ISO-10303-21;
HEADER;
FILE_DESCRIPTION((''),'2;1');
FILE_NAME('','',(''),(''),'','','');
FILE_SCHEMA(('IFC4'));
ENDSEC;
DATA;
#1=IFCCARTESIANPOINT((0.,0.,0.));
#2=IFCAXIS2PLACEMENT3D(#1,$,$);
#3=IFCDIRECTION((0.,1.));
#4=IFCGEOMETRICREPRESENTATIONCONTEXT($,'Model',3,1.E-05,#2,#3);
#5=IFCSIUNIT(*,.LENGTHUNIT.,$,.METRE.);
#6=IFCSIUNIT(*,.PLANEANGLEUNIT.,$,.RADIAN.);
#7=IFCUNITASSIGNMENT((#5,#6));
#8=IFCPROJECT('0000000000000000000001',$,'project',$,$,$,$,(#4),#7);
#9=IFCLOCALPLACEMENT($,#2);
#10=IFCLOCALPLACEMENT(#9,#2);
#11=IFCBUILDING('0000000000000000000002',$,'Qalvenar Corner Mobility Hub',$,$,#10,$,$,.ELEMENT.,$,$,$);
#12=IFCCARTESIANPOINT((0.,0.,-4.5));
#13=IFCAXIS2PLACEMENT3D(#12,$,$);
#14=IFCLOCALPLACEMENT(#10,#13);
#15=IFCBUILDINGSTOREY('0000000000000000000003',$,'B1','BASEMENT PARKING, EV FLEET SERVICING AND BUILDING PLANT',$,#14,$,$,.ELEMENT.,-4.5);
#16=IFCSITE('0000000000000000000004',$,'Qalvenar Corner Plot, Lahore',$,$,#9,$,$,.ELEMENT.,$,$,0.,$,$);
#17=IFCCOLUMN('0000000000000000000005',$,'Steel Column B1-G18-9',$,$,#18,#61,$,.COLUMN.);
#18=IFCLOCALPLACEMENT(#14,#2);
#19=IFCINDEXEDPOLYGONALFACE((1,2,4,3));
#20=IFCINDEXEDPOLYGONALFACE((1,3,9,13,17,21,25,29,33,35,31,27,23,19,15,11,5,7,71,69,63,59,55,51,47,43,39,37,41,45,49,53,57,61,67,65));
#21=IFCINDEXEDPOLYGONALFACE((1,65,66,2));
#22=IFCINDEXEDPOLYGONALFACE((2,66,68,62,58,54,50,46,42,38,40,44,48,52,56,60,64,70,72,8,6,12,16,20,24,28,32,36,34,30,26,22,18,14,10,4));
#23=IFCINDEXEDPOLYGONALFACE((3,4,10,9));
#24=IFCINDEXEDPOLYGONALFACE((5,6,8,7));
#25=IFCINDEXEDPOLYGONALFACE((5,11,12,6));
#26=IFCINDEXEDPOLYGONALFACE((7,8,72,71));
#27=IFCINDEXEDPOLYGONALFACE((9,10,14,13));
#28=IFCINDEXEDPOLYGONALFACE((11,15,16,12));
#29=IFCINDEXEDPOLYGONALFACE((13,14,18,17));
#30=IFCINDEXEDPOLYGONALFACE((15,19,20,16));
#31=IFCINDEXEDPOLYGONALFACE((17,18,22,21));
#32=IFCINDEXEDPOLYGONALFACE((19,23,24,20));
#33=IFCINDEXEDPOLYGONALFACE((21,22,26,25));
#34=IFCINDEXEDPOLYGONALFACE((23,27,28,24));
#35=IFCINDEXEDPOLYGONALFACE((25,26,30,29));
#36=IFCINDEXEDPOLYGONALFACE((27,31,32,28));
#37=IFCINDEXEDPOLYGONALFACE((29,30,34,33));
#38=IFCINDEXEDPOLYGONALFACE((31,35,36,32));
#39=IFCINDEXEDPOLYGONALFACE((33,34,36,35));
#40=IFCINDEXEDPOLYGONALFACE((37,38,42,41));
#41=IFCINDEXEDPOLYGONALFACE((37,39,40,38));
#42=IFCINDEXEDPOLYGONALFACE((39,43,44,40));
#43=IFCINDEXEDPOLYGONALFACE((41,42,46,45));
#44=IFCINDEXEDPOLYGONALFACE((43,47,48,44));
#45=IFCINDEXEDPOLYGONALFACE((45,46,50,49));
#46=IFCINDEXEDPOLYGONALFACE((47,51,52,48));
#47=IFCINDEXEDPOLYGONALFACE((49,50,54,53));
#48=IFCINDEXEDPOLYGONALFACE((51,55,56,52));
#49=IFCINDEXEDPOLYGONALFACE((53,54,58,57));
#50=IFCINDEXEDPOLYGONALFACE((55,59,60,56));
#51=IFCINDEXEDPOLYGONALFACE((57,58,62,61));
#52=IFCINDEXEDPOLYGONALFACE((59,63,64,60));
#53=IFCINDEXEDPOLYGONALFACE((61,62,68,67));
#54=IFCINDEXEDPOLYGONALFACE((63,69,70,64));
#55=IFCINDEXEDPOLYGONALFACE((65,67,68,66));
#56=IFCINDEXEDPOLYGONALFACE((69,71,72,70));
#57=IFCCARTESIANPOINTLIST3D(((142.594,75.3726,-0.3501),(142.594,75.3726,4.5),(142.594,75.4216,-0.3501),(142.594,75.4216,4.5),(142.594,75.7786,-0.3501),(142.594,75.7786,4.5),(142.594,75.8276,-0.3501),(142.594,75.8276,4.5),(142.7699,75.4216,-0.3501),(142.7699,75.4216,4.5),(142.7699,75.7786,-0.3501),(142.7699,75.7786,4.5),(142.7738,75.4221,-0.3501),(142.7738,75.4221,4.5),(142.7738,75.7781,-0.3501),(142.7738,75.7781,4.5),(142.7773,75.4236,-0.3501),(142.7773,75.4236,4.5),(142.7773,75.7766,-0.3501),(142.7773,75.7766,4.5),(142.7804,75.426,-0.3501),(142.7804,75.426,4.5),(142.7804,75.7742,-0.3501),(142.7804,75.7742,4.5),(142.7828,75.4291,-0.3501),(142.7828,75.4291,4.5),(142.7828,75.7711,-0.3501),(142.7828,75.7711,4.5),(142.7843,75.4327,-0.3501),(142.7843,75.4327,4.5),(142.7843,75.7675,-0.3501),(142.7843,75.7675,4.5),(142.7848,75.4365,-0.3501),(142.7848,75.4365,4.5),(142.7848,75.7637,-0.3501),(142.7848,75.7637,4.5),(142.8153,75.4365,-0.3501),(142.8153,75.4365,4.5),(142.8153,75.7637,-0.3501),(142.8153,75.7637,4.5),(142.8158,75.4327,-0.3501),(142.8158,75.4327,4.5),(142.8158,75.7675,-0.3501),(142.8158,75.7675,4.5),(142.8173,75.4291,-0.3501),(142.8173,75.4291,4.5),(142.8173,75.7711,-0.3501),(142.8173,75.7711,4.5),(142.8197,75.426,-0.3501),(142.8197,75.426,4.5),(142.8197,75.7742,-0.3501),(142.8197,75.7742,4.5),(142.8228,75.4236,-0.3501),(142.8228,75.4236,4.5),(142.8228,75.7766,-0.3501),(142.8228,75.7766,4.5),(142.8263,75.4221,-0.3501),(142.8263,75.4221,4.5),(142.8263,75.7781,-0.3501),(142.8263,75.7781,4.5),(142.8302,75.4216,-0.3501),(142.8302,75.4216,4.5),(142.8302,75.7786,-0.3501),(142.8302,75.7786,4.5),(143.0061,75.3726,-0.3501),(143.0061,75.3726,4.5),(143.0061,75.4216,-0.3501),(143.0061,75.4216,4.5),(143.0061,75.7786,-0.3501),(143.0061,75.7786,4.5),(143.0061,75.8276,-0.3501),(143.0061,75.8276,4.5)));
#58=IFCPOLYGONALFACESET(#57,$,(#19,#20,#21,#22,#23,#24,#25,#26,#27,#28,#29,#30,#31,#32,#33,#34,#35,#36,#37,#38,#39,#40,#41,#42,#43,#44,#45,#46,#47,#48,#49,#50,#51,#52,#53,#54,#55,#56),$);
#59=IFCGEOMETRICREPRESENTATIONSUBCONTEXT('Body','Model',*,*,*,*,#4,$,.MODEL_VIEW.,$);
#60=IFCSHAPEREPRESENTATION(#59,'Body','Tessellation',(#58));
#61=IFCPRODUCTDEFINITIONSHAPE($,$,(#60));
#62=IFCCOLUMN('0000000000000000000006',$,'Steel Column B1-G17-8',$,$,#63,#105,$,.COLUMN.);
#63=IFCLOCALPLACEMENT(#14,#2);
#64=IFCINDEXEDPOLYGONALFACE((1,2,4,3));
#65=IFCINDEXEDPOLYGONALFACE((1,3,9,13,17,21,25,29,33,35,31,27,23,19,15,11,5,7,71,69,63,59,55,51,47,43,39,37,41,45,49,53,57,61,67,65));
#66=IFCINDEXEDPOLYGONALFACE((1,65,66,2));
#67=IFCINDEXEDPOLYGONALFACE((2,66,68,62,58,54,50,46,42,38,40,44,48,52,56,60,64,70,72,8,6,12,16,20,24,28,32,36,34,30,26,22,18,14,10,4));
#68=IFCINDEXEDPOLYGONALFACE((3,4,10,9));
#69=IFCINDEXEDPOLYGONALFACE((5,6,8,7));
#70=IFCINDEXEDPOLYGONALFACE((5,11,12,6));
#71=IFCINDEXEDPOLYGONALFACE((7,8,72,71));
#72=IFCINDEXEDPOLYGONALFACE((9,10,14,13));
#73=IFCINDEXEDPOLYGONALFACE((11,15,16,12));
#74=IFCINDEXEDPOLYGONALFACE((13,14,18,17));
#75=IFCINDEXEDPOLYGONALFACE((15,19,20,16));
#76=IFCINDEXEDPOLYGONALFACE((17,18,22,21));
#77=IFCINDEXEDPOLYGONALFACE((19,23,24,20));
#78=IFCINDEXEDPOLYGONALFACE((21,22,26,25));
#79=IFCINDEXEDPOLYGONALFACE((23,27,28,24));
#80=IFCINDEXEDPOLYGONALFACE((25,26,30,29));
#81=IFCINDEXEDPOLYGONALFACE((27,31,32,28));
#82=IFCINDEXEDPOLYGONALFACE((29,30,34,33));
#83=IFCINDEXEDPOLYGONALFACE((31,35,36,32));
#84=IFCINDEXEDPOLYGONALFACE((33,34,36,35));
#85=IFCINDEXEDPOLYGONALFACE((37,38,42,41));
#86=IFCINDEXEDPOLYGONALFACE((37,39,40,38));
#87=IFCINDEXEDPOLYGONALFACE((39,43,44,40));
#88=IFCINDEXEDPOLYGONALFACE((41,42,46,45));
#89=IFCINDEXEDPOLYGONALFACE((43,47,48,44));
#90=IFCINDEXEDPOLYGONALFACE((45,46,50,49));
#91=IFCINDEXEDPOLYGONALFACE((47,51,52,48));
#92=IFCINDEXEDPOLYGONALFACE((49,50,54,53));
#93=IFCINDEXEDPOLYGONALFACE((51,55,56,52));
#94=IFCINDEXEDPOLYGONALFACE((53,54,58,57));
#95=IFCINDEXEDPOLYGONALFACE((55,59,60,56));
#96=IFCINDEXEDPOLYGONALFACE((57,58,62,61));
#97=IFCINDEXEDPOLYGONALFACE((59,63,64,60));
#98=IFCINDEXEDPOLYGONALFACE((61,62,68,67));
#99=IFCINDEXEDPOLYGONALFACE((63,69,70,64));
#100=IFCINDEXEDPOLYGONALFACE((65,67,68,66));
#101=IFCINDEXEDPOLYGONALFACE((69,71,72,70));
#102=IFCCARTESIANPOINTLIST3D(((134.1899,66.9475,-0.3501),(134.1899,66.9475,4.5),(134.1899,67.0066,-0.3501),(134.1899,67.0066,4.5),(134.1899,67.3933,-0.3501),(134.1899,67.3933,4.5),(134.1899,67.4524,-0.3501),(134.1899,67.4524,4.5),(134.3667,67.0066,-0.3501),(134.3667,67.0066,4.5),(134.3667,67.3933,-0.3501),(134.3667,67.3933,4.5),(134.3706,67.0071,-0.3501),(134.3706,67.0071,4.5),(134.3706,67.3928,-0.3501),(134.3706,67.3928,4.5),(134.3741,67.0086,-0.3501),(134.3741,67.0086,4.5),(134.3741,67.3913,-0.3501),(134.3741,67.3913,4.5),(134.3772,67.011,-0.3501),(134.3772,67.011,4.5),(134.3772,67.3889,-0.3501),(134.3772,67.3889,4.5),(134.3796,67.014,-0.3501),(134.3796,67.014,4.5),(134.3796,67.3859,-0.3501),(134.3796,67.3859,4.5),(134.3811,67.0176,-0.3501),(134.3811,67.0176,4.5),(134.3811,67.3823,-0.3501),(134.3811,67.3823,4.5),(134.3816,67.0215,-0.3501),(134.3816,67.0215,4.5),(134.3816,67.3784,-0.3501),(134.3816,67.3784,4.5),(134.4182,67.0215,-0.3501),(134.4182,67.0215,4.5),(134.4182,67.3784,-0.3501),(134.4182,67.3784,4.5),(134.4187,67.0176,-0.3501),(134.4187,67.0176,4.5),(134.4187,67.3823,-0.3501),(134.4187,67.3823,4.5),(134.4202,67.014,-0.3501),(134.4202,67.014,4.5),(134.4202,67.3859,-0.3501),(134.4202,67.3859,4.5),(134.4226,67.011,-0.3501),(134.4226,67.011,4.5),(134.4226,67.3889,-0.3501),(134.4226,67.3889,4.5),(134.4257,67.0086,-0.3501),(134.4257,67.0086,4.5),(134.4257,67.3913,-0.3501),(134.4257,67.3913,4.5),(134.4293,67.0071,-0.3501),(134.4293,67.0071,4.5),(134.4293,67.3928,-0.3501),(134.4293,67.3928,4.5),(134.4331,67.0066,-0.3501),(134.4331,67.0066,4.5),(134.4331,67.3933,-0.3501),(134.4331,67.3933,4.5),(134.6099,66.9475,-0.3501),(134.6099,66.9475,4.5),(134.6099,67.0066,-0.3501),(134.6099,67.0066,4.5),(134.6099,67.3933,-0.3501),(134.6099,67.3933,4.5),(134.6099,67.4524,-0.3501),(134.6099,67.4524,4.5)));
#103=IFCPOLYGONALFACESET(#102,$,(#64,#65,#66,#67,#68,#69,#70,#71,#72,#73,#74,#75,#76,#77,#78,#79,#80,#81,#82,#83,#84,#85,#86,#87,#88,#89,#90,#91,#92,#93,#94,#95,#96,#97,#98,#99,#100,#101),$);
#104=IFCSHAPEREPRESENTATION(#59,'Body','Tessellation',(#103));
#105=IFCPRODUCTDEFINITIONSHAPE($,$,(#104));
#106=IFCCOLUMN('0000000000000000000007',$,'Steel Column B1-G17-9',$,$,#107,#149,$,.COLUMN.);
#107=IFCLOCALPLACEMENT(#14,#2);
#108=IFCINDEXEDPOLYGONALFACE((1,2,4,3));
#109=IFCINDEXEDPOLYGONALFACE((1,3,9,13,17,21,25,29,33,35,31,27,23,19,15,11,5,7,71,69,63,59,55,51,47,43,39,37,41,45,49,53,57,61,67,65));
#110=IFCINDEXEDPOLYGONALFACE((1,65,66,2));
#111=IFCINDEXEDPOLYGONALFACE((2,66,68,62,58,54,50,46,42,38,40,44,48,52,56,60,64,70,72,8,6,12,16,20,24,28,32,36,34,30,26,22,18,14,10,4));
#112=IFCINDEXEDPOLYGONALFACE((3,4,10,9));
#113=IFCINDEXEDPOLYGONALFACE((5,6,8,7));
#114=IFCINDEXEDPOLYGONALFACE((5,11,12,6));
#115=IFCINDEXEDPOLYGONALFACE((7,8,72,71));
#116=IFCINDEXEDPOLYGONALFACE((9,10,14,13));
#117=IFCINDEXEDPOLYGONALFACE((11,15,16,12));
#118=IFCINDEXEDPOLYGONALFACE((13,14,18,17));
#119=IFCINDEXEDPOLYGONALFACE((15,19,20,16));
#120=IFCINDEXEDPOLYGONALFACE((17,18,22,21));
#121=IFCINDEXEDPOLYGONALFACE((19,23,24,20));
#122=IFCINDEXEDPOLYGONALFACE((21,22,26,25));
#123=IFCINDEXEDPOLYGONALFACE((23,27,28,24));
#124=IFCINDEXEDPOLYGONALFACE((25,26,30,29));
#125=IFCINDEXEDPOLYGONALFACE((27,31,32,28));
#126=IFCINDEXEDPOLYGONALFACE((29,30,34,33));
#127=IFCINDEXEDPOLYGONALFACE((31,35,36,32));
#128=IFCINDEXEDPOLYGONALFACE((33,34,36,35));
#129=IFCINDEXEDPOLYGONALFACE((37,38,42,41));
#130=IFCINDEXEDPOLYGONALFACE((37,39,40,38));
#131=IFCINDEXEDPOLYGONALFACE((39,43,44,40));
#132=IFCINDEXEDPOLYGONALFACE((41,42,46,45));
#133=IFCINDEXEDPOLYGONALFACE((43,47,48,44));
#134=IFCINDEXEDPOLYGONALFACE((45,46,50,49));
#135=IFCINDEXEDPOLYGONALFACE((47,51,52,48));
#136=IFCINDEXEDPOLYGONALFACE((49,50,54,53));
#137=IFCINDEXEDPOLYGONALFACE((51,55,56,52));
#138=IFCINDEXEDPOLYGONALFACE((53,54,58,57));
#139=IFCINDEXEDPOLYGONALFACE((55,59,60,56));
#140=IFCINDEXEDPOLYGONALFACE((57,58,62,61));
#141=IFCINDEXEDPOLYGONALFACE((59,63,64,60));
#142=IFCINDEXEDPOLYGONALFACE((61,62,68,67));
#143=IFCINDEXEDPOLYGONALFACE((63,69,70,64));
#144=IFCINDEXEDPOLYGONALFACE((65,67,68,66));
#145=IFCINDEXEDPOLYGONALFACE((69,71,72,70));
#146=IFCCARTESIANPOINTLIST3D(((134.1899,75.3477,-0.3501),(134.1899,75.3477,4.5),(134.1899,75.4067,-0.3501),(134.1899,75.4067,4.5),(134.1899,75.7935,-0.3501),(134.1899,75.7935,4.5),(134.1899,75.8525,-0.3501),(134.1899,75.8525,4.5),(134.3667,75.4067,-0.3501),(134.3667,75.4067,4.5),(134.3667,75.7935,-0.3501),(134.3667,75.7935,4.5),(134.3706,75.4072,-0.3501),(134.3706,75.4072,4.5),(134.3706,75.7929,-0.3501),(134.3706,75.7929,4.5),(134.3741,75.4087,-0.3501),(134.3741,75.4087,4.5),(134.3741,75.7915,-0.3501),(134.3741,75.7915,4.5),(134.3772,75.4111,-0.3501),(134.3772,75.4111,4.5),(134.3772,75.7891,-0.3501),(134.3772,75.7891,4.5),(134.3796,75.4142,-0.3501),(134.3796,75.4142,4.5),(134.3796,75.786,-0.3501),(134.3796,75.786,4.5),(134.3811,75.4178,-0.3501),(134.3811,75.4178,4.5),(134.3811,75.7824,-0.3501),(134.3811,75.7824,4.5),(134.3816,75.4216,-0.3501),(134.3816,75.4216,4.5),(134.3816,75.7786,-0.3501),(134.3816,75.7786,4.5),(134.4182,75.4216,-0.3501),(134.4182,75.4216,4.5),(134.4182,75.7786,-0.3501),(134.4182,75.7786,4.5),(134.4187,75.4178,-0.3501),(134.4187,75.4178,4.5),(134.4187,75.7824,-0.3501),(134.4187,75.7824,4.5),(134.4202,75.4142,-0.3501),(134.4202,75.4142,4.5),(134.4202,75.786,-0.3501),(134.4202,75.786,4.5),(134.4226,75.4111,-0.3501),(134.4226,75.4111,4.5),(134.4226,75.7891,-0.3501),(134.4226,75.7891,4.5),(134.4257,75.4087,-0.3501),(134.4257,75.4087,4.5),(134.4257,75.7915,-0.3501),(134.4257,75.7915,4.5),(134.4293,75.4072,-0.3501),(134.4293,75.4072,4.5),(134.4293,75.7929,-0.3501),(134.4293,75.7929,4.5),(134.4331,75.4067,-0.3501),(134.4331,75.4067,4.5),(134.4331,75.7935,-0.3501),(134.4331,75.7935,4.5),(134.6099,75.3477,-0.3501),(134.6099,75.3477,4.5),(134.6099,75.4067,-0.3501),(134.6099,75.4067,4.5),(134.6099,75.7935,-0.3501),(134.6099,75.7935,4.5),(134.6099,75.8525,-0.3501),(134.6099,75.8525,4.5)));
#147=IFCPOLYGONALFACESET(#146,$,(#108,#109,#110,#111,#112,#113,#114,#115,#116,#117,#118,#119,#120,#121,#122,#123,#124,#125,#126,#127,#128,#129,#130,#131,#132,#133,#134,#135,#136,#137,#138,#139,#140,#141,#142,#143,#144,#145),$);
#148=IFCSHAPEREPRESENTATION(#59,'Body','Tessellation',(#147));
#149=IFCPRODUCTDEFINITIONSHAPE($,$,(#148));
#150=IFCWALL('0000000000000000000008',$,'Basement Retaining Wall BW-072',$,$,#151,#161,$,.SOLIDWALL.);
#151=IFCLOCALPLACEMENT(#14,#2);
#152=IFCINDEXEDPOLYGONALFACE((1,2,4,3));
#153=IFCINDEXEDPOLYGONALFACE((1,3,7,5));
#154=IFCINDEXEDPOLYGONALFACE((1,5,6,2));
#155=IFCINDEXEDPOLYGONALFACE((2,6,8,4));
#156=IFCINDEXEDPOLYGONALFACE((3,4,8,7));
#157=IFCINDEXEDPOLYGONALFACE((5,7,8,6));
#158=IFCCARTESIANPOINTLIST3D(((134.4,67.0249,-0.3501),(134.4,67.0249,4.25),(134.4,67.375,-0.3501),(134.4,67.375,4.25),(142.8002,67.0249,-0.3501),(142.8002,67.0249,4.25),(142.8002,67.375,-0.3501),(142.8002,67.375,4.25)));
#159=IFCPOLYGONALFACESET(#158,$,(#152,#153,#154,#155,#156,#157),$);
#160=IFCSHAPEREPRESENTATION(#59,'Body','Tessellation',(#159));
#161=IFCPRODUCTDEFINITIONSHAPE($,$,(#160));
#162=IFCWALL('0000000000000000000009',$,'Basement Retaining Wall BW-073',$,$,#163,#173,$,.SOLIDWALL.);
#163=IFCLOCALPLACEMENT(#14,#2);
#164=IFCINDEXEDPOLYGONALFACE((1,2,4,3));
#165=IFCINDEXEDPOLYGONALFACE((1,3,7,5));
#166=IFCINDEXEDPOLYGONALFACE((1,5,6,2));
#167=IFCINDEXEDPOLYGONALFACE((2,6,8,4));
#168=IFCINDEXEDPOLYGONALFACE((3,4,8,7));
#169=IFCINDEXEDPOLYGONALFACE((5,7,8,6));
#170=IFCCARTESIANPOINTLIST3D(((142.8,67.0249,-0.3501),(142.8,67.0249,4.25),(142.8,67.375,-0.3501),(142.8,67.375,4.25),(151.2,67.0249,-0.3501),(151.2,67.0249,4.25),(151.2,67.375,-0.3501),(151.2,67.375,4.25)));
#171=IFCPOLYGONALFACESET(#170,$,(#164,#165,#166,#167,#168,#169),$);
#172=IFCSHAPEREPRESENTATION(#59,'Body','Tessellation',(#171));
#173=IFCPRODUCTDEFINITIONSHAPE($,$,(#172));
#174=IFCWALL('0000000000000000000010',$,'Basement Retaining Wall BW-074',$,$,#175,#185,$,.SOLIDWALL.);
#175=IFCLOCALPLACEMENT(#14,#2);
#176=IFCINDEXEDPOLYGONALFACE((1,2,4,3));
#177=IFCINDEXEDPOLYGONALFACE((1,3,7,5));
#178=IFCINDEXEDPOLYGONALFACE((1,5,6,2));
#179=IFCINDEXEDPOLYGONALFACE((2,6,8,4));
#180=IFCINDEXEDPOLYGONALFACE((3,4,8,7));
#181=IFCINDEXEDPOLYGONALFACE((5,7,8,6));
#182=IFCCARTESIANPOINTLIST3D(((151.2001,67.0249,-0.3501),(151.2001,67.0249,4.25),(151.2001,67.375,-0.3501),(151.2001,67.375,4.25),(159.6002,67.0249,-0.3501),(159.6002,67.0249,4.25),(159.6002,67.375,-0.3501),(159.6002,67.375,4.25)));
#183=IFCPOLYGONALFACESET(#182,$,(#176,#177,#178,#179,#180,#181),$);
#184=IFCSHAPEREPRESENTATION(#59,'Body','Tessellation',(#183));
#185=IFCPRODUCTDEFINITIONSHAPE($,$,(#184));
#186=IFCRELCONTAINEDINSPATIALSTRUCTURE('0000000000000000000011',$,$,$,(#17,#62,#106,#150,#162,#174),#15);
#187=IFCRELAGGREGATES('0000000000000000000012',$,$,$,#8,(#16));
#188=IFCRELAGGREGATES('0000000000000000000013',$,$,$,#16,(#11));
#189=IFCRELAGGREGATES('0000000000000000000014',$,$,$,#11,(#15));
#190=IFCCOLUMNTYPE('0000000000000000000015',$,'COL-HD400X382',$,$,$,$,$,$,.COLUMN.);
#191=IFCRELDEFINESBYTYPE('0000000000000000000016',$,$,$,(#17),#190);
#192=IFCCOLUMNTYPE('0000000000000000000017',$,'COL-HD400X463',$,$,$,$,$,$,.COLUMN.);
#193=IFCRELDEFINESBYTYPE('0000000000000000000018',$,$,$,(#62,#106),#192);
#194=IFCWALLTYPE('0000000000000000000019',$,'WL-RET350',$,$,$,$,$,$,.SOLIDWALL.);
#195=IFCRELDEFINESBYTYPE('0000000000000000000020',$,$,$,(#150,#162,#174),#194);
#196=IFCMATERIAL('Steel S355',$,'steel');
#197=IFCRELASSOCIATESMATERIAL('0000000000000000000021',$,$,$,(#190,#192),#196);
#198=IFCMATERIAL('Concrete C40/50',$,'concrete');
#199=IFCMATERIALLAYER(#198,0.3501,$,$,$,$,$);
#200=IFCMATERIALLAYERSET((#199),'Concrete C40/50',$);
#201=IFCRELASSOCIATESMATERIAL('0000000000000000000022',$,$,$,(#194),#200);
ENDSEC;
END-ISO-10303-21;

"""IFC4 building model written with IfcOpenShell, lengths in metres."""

from ifc_helpers import new_model, si_unit, direction, frame, frame_2d, origin, origin_2d, place, context, subcontext, project, spatial, rectangle, i_section, extrude, material, layer, layer_set, material_profile, profile_set, type_object, element, save


model = new_model("IFC4")

# Units and contexts
model_context = context("Model", 3, precision=1e-05, world=origin(), true_north=direction((0.0, 1.0)))
body_context = subcontext(model_context, "Body", "Model", "MODEL_VIEW")
ifc_project = project(units=[si_unit("LENGTHUNIT", "METRE"), si_unit("PLANEANGLEUNIT", "RADIAN")], contexts=[model_context])

# Site, building, storey
site_placement = place(None, origin())
site = spatial("IfcSite", under=ifc_project, at=site_placement, Name="Qalvenar Corner Plot, Lahore", CompositionType="ELEMENT", RefElevation=0.0)
building_placement = place(site_placement, origin())
building = spatial("IfcBuilding", under=site, at=building_placement, Name="Qalvenar Corner Mobility Hub", CompositionType="ELEMENT")
storey_placement = place(building_placement, frame((0.0, 0.0, -4.5)))
storey = spatial("IfcBuildingStorey", under=building, at=storey_placement, Name="B1", Description="BASEMENT PARKING, EV FLEET SERVICING AND BUILDING PLANT", CompositionType="ELEMENT", Elevation=-4.5)

# Shared definitions
ifc_material_1 = material(Name="Concrete C40/50", Category="concrete")

# Columns
ifc_material_2 = material(Name="Steel S355", Category="steel")
ifc_material_profile_1 = material_profile(ifc_material_2, i_section(OverallWidth=0.4121, OverallDepth=0.4551, WebThickness=0.0305, FlangeThickness=0.0491, FilletRadius=0.0149, at=origin_2d()), Name="HD400x421")
ifc_profile_set_1 = profile_set([ifc_material_profile_1], Name="Steel S355")
column_type_1 = type_object("IfcColumnType", Name="COL-HD400X382", PredefinedType="COLUMN", material=ifc_profile_set_1)
column_placement = place(storey_placement, frame((142.8, 75.6001, -0.3501), z_axis=(0.0, 0.0, 1.0), x_axis=(1.0, 0.0, 0.0)))
element("IfcColumn", 1, at=column_placement, inside=storey, type_object=column_type_1, Name="Steel Column B1-G18-9", PredefinedType="COLUMN", context=body_context, shape_type="SweptSolid", body=[
    extrude(i_section(OverallWidth=0.4121, OverallDepth=0.4551, WebThickness=0.0305, FlangeThickness=0.0491, FilletRadius=0.0149, at=origin_2d()), origin(), (0.0, 0.0, 1.0), 4.8501),
])
ifc_material_profile_2 = material_profile(ifc_material_2, i_section(OverallWidth=0.4199, OverallDepth=0.5049, WebThickness=0.0366, FlangeThickness=0.0591, FilletRadius=0.0149, at=origin_2d()), Name="HD400x551")
ifc_profile_set_2 = profile_set([ifc_material_profile_2], Name="Steel S355")
column_type_2 = type_object("IfcColumnType", Name="COL-HD400X463", PredefinedType="COLUMN", material=ifc_profile_set_2)
for number, where, z_axis, x_axis, name in (
    (2, (134.3999, 67.2, -0.3501), (0.0, 0.0, 1.0), (1.0, 0.0, 0.0), "Steel Column B1-G17-8"),
    (3, (134.3999, 75.6001, -0.3501), (0.0, 0.0, 1.0), (1.0, 0.0, 0.0), "Steel Column B1-G17-9"),
):
    element("IfcColumn", number, at=place(storey_placement, frame(where, z_axis=z_axis, x_axis=x_axis)), inside=storey, type_object=column_type_2, Name=name, PredefinedType="COLUMN", context=body_context, shape_type="SweptSolid", body=[
        extrude(i_section(OverallWidth=0.4199, OverallDepth=0.5049, WebThickness=0.0366, FlangeThickness=0.0591, FilletRadius=0.0149, at=origin_2d()), origin(), (0.0, 0.0, 1.0), 4.8501),
    ])

# Walls
ifc_layer = layer(ifc_material_1, 0.3501)
ifc_layer_set = layer_set([ifc_layer], Name="Concrete C40/50")
wall_type = type_object("IfcWallType", Name="WL-RET350", PredefinedType="SOLIDWALL", material=ifc_layer_set)
wall_1_placement = place(storey_placement, frame((134.3999, 67.2, -0.3501), z_axis=(0.0, 0.0, 1.0), x_axis=(1.0, 0.0, 0.0)))
element("IfcWall", 4, at=wall_1_placement, inside=storey, type_object=wall_type, Name="Basement Retaining Wall BW-072", PredefinedType="SOLIDWALL", context=body_context, shape_type="SweptSolid", body=[
    extrude(rectangle(XDim=8.4001, YDim=0.3501, at=frame_2d((4.2002, 0.0))), origin(), (0.0, 0.0, 1.0), 4.6001),
])
wall_2_placement = place(storey_placement, frame((142.8, 67.2, -0.3501), z_axis=(0.0, 0.0, 1.0), x_axis=(1.0, 0.0, 0.0)))
element("IfcWall", 5, at=wall_2_placement, inside=storey, type_object=wall_type, Name="Basement Retaining Wall BW-073", PredefinedType="SOLIDWALL", context=body_context, shape_type="SweptSolid", body=[
    extrude(rectangle(XDim=8.3999, YDim=0.3501, at=frame_2d((4.2, 0.0))), origin(), (0.0, 0.0, 1.0), 4.6001),
])
wall_3_placement = place(storey_placement, frame((151.2, 67.2, -0.3501), z_axis=(0.0, 0.0, 1.0), x_axis=(1.0, 0.0, 0.0)))
element("IfcWall", 6, at=wall_3_placement, inside=storey, type_object=wall_type, Name="Basement Retaining Wall BW-074", PredefinedType="SOLIDWALL", context=body_context, shape_type="SweptSolid", body=[
    extrude(rectangle(XDim=8.4001, YDim=0.3501, at=frame_2d((4.2002, 0.0))), origin(), (0.0, 0.0, 1.0), 4.6001),
])

save(model, "model.ifc")
